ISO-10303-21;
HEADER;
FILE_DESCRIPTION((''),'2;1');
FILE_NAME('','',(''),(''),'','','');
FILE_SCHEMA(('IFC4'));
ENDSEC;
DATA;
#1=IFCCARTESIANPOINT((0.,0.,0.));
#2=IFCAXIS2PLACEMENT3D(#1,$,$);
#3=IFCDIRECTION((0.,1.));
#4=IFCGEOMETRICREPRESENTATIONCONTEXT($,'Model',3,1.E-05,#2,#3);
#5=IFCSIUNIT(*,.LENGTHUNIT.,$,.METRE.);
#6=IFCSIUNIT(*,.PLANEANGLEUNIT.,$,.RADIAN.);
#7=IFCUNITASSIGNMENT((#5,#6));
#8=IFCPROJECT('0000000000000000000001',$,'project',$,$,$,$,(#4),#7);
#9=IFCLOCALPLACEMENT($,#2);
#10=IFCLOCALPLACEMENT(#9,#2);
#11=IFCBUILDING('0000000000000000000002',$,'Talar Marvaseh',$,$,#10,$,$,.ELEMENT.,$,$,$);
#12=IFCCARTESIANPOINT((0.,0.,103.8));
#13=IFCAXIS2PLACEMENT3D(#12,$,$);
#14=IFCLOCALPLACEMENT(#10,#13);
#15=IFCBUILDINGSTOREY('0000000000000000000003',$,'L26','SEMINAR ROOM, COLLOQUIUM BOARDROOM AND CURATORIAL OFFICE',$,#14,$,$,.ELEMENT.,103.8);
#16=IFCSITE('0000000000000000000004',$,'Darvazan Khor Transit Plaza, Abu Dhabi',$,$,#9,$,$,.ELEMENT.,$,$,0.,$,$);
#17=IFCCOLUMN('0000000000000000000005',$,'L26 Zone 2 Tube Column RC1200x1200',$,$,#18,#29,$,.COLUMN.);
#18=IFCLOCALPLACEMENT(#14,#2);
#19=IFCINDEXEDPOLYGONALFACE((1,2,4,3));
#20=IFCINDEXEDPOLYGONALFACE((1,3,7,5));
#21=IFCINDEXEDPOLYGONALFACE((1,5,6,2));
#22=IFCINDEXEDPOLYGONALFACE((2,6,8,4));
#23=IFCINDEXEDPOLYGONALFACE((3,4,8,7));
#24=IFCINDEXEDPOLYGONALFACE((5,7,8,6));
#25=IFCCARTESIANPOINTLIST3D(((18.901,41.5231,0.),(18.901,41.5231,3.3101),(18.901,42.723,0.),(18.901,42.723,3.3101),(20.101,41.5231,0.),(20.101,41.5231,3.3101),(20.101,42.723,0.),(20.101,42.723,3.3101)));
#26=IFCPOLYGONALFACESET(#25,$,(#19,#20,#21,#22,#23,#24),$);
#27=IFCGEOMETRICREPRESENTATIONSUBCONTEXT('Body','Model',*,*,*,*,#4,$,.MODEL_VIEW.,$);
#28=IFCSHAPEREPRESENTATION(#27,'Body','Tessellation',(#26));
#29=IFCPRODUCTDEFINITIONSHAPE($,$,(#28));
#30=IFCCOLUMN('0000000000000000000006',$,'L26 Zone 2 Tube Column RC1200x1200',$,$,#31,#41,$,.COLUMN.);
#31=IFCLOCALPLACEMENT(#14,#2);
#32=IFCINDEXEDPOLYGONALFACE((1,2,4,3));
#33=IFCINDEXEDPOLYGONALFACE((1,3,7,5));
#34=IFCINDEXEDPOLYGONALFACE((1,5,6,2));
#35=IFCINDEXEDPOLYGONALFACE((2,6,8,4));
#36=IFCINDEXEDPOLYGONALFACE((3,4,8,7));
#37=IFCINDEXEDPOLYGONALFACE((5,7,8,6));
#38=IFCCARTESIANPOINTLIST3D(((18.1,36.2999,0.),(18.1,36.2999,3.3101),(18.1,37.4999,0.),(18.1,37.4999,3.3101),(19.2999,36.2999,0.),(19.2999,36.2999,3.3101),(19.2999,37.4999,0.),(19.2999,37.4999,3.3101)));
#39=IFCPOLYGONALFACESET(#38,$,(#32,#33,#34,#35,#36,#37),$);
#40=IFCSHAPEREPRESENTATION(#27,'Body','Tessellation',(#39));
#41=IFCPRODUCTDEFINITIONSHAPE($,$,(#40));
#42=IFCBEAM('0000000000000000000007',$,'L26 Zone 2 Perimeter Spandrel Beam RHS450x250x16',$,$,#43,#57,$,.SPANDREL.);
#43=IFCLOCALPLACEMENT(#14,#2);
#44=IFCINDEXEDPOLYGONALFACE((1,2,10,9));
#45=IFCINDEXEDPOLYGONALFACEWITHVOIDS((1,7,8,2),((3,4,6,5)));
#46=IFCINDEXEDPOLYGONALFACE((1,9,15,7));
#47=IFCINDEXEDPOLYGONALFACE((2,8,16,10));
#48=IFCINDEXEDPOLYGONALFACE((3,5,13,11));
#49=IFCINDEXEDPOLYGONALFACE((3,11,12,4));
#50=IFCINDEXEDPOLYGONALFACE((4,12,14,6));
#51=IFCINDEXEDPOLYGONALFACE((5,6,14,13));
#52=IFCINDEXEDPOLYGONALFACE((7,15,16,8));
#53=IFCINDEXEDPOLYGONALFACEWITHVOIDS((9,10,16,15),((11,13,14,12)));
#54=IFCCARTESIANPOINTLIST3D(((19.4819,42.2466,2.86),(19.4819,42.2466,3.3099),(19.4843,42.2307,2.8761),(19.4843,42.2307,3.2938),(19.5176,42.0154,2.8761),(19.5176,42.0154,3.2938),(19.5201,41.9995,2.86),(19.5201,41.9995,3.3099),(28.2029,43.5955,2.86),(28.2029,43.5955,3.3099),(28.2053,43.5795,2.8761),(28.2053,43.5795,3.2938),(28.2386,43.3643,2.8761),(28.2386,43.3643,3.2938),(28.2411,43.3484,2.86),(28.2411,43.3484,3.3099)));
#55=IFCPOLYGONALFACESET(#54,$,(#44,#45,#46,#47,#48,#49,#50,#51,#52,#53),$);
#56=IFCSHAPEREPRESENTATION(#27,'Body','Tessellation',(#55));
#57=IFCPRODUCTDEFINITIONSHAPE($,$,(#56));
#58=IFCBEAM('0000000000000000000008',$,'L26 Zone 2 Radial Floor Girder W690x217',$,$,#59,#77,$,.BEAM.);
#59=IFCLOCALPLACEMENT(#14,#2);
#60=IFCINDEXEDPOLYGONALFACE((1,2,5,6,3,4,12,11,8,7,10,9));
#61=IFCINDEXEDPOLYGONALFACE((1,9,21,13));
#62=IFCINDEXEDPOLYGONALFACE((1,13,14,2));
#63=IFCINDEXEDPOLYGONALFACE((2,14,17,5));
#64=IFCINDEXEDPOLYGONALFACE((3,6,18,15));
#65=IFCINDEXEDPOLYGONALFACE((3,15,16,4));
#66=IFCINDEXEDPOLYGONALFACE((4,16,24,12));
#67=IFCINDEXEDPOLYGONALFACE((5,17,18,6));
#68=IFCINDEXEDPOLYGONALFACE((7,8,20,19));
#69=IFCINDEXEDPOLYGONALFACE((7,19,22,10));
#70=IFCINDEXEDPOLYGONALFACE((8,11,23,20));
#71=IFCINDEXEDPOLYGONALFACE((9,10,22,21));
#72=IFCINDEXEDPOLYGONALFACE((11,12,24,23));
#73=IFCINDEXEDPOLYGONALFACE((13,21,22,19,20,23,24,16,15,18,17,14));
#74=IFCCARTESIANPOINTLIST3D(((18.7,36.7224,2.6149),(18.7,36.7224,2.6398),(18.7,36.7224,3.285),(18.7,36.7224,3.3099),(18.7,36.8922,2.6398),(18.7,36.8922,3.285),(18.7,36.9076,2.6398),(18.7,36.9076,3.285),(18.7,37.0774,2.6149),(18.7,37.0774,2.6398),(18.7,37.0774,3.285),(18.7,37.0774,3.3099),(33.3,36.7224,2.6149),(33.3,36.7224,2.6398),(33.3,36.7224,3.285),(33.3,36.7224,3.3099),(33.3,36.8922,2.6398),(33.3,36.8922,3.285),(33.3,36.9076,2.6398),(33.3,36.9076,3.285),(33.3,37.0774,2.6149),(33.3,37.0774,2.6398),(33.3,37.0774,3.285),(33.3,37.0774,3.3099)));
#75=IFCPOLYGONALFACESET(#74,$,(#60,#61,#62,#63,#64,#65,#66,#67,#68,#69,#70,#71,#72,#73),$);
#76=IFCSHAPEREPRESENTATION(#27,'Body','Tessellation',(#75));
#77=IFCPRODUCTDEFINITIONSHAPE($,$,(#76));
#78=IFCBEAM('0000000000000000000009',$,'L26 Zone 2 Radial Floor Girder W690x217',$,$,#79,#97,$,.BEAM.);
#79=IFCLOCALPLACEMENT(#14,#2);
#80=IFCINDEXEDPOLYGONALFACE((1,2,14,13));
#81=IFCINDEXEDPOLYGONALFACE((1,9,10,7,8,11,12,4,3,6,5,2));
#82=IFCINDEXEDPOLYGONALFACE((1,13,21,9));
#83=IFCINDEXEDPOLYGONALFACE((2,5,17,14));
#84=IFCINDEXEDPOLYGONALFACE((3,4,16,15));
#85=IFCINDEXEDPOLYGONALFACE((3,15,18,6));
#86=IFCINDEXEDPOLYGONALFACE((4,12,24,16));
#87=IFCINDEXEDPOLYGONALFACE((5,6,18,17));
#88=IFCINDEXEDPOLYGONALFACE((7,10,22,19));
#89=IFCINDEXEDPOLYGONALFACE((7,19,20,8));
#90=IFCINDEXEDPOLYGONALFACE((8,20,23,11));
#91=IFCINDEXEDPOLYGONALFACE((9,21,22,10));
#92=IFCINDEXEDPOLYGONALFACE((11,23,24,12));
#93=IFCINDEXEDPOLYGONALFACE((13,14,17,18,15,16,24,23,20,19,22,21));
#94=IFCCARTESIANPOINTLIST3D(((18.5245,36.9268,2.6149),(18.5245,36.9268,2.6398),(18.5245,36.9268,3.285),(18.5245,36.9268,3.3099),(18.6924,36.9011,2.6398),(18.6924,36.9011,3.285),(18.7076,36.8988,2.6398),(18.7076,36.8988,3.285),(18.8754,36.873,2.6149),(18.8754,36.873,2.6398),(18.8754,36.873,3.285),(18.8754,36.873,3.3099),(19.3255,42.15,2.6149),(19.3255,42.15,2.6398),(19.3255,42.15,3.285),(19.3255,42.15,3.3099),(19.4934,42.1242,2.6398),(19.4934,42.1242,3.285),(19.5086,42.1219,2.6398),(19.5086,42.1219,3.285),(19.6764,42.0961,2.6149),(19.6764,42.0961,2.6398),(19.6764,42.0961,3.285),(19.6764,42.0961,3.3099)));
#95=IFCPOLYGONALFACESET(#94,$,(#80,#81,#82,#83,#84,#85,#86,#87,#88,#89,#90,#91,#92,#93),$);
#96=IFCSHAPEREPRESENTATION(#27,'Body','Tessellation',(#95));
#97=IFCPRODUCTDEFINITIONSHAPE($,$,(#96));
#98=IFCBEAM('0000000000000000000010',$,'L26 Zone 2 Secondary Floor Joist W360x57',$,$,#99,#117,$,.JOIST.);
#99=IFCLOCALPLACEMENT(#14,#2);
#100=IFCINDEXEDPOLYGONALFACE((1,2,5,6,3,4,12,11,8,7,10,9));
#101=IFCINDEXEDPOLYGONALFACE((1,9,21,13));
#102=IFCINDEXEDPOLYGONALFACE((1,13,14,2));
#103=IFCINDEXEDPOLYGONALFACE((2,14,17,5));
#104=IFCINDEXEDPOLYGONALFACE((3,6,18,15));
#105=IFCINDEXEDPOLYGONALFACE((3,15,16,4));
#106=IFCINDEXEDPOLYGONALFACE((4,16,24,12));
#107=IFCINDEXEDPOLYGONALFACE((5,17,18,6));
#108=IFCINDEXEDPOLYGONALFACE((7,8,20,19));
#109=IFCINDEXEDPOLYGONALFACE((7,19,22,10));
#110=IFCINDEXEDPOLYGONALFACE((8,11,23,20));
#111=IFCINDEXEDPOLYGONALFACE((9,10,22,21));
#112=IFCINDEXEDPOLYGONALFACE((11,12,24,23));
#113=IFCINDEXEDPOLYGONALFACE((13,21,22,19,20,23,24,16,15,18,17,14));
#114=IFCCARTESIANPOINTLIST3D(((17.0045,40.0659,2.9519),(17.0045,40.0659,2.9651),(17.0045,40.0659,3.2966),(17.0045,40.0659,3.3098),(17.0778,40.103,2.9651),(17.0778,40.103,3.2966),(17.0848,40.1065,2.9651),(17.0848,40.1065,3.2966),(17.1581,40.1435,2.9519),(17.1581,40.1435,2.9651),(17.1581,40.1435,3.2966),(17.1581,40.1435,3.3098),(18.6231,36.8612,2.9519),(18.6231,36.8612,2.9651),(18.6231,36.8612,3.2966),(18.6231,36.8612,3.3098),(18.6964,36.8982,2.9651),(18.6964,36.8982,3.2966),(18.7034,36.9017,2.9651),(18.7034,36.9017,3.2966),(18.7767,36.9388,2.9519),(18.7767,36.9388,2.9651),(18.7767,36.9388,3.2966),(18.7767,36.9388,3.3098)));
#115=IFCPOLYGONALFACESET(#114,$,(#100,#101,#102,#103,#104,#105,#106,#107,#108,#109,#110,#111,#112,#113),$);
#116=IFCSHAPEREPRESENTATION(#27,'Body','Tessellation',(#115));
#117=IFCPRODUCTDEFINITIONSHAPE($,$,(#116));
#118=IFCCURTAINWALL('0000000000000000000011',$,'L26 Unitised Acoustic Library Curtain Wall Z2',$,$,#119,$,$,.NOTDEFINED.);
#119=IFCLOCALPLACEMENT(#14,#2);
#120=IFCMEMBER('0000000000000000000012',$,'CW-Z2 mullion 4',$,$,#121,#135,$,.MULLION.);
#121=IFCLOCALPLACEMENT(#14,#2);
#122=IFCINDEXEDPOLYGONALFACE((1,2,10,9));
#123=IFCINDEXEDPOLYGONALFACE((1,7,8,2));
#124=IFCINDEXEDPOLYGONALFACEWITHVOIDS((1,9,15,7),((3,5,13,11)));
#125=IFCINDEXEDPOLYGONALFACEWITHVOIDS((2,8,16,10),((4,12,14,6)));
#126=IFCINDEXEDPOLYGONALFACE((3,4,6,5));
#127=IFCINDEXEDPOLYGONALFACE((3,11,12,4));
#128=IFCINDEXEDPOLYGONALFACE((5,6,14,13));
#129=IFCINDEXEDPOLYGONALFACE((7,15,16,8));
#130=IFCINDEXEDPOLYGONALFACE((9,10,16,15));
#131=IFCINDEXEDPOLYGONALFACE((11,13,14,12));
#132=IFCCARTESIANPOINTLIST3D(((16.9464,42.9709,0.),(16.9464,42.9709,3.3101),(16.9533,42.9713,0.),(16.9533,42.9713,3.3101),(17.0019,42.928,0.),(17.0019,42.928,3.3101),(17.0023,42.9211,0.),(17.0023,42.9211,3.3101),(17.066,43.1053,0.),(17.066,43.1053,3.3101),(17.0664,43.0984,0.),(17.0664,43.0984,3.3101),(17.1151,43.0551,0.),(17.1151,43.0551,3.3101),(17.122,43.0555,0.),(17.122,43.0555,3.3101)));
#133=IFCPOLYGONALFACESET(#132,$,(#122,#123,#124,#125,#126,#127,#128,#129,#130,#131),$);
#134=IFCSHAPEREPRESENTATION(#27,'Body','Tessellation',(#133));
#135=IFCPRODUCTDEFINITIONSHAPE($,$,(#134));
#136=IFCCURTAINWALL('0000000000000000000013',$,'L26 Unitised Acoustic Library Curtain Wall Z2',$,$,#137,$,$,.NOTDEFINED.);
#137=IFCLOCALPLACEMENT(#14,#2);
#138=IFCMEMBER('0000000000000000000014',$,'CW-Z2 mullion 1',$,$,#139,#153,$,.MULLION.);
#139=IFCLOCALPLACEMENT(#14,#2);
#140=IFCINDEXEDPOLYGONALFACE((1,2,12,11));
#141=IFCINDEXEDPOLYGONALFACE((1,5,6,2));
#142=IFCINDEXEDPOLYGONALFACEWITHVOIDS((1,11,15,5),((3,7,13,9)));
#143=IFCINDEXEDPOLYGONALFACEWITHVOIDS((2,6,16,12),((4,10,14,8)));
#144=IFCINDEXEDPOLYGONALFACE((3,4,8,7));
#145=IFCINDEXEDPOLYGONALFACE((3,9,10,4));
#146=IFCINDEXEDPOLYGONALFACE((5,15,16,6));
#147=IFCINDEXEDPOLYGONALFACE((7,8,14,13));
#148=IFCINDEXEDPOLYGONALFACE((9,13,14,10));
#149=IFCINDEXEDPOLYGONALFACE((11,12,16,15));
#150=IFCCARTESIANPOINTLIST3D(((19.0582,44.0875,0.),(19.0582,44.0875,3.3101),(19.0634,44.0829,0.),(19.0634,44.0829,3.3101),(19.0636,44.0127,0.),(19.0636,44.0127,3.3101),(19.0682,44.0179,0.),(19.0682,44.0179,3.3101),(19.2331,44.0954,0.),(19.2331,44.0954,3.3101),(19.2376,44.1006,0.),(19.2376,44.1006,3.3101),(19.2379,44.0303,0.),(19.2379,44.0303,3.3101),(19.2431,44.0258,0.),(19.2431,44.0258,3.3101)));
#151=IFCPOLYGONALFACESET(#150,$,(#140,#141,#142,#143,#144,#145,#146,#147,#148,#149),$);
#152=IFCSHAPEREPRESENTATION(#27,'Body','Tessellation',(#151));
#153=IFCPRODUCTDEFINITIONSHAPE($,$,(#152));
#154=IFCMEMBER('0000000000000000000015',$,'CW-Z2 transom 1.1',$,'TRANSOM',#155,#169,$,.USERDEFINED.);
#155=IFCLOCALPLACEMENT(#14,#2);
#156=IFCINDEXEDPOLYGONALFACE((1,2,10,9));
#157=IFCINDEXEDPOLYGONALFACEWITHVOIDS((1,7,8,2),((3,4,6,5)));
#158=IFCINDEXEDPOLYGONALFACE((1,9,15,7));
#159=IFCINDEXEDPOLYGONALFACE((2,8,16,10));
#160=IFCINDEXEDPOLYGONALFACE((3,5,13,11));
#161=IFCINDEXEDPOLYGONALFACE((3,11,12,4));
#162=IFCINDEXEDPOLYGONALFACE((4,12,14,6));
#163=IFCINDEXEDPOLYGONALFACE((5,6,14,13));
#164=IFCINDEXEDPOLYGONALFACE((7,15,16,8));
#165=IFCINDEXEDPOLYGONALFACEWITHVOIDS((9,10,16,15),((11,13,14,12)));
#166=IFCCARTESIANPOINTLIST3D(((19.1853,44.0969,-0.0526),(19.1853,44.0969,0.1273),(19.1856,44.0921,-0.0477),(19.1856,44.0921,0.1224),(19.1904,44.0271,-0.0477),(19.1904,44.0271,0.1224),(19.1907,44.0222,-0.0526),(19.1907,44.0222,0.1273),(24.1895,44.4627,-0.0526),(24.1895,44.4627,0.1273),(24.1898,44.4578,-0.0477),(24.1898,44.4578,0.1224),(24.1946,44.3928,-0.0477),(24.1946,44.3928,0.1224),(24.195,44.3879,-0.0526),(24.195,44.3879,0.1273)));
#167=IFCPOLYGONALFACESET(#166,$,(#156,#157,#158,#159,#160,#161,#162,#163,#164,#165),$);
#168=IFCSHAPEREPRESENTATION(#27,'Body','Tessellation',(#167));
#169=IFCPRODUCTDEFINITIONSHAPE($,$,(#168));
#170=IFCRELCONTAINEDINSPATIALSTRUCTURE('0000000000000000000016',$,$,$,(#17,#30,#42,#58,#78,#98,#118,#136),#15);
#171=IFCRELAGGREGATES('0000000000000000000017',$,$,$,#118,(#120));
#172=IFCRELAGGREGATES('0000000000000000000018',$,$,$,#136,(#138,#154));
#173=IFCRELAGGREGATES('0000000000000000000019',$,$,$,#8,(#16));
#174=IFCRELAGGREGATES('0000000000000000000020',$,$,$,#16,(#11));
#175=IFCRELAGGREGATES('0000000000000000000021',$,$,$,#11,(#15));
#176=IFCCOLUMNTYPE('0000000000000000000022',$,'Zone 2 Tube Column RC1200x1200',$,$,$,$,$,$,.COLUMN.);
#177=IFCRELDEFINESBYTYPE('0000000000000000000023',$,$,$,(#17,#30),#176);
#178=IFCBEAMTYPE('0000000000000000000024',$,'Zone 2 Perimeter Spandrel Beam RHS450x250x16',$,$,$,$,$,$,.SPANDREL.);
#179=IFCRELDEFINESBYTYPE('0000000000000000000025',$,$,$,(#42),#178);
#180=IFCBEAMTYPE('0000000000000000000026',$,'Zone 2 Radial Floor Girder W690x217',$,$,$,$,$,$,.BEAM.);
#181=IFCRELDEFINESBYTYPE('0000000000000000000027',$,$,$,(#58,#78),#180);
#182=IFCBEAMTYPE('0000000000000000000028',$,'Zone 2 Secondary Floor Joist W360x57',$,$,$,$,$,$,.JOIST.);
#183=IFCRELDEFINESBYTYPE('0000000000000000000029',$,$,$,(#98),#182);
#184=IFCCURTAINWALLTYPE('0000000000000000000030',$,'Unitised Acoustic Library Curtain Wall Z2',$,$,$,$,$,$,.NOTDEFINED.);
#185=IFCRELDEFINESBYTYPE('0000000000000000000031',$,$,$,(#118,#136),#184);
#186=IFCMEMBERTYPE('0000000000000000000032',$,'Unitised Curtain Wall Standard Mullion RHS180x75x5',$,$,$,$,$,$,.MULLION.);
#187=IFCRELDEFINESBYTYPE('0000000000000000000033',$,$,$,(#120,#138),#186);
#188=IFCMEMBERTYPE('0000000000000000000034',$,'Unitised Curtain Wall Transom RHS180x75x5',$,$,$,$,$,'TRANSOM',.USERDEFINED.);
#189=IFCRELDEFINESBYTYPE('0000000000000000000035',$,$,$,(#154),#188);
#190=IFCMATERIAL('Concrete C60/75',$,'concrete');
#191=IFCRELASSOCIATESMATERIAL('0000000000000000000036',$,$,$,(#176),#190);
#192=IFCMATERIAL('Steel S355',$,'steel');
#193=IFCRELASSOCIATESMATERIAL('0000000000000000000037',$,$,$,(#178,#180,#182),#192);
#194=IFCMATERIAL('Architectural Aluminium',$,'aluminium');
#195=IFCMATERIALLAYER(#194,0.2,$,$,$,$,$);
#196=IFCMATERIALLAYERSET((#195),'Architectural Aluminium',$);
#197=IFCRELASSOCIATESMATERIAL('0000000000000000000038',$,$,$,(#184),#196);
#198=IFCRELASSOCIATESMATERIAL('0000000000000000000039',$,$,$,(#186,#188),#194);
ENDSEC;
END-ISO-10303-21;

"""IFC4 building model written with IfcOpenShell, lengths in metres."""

from ifc_helpers import new_model, si_unit, direction, frame, origin, origin_2d, place, context, subcontext, project, spatial, rectangle, hollow_rectangle, i_section, extrude, source, transform, mapped, material, layer, layer_set, material_profile, profile_set, type_object, type_shapes, element, aggregate, save


model = new_model("IFC4")

# Units and contexts
model_context = context("Model", 3, precision=1e-05, world=origin(), true_north=direction((0.0, 1.0)))
body_context = subcontext(model_context, "Body", "Model", "MODEL_VIEW")
ifc_project = project(units=[si_unit("LENGTHUNIT", "METRE"), si_unit("PLANEANGLEUNIT", "RADIAN")], contexts=[model_context])

# Site, building, storey
site_placement = place(None, origin())
site = spatial("IfcSite", under=ifc_project, at=site_placement, Name="Darvazan Khor Transit Plaza, Abu Dhabi", CompositionType="ELEMENT", RefElevation=0.0)
building_placement = place(site_placement, origin())
building = spatial("IfcBuilding", under=site, at=building_placement, Name="Talar Marvaseh", CompositionType="ELEMENT")
storey_placement = place(building_placement, frame((0.0, 0.0, 103.8)))
storey = spatial("IfcBuildingStorey", under=building, at=storey_placement, Name="L26", Description="SEMINAR ROOM, COLLOQUIUM BOARDROOM AND CURATORIAL OFFICE", CompositionType="ELEMENT", Elevation=103.8)

# Columns
ifc_material_1 = material(Name="Concrete C60/75", Category="concrete")
ifc_material_profile_1 = material_profile(ifc_material_1, rectangle(XDim=1.2, YDim=1.2, at=origin_2d()), Name="RC1200x1200")
ifc_profile_set_1 = profile_set([ifc_material_profile_1], Name="Concrete C60/75")
column_type = type_object("IfcColumnType", Name="Zone 2 Tube Column RC1200x1200", PredefinedType="COLUMN", material=ifc_profile_set_1)
for number, where, z_axis, x_axis, name in (
    (1, (19.501, 42.123, 0.0), (0.0, 0.0, 1.0), (1.0, 0.0, 0.0), "L26 Zone 2 Tube Column RC1200x1200"),
    (2, (18.7, 36.8999, 0.0), (0.0, 0.0, 1.0), (1.0, 0.0, 0.0), "L26 Zone 2 Tube Column RC1200x1200"),
):
    element("IfcColumn", number, at=place(storey_placement, frame(where, z_axis=z_axis, x_axis=x_axis)), inside=storey, type_object=column_type, Name=name, PredefinedType="COLUMN", context=body_context, shape_type="SweptSolid", body=[
        extrude(rectangle(XDim=1.2, YDim=1.2, at=origin_2d()), origin(), (0.0, 0.0, 1.0), 3.3101),
    ])

# Beams
ifc_material_2 = material(Name="Steel S355", Category="steel")
ifc_material_profile_2 = material_profile(ifc_material_2, hollow_rectangle(XDim=0.25, YDim=0.45, WallThickness=0.0161, at=origin_2d()), Name="RHS450x250x16")
ifc_profile_set_2 = profile_set([ifc_material_profile_2], Name="Steel S355")
beam_type_1 = type_object("IfcBeamType", Name="Zone 2 Perimeter Spandrel Beam RHS450x250x16", PredefinedType="SPANDREL", material=ifc_profile_set_2)
beam_1_placement = place(storey_placement, frame((19.501, 42.123, 3.085), z_axis=(0.988249, 0.152853, 0.0), x_axis=(-0.152853, 0.988249, 0.0)))
element("IfcBeam", 3, at=beam_1_placement, inside=storey, type_object=beam_type_1, Name="L26 Zone 2 Perimeter Spandrel Beam RHS450x250x16", PredefinedType="SPANDREL", context=body_context, shape_type="SweptSolid", body=[
    extrude(hollow_rectangle(XDim=0.25, YDim=0.45, WallThickness=0.0161, at=origin_2d()), origin(), (0.0, 0.0, 1.0), 8.8247),
])
ifc_material_profile_3 = material_profile(ifc_material_2, i_section(OverallWidth=0.355, OverallDepth=0.6951, WebThickness=0.0154, FlangeThickness=0.0249, at=origin_2d()), Name="W690x217")
ifc_profile_set_3 = profile_set([ifc_material_profile_3], Name="Steel S355")
beam_type_2 = type_object("IfcBeamType", Name="Zone 2 Radial Floor Girder W690x217", PredefinedType="BEAM", material=ifc_profile_set_3)
beam_2_placement = place(storey_placement, frame((18.7, 36.8999, 2.9624), z_axis=(1.0, 0.0, 0.0), x_axis=(0.0, 1.0, 0.0)))
element("IfcBeam", 4, at=beam_2_placement, inside=storey, type_object=beam_type_2, Name="L26 Zone 2 Radial Floor Girder W690x217", PredefinedType="BEAM", context=body_context, shape_type="SweptSolid", body=[
    extrude(i_section(OverallWidth=0.355, OverallDepth=0.6951, WebThickness=0.0154, FlangeThickness=0.0249, at=origin_2d()), origin(), (0.0, 0.0, 1.0), 14.6001),
])
beam_3_placement = place(storey_placement, frame((19.501, 42.123, 2.9624), z_axis=(-0.151588, -0.988444, 0.0), x_axis=(0.988444, -0.151588, 0.0)))
element("IfcBeam", 5, at=beam_3_placement, inside=storey, type_object=beam_type_2, Name="L26 Zone 2 Radial Floor Girder W690x217", PredefinedType="BEAM", context=body_context, shape_type="SweptSolid", body=[
    extrude(i_section(OverallWidth=0.355, OverallDepth=0.6951, WebThickness=0.0154, FlangeThickness=0.0249, at=origin_2d()), origin(), (0.0, 0.0, 1.0), 5.2842),
])
ifc_material_profile_4 = material_profile(ifc_material_2, i_section(OverallWidth=0.1721, OverallDepth=0.3579, WebThickness=0.0078, FlangeThickness=0.0132, at=origin_2d()), Name="W360x57")
ifc_profile_set_4 = profile_set([ifc_material_profile_4], Name="Steel S355")
beam_type_3 = type_object("IfcBeamType", Name="Zone 2 Secondary Floor Joist W360x57", PredefinedType="JOIST", material=ifc_profile_set_4)
beam_4_placement = place(storey_placement, frame((17.0813, 40.1047, 3.1309), z_axis=(0.450827, -0.892611, 0.0), x_axis=(0.892611, 0.450827, 0.0)))
element("IfcBeam", 6, at=beam_4_placement, inside=storey, type_object=beam_type_3, Name="L26 Zone 2 Secondary Floor Joist W360x57", PredefinedType="JOIST", context=body_context, shape_type="SweptSolid", body=[
    extrude(i_section(OverallWidth=0.1721, OverallDepth=0.3579, WebThickness=0.0078, FlangeThickness=0.0132, at=origin_2d()), origin(), (0.0, 0.0, 1.0), 3.5903),
])

# Curtain wall, member
ifc_material_3 = material(Name="Architectural Aluminium", Category="aluminium")
ifc_layer_1 = layer(ifc_material_3, 0.2)
ifc_layer_set_1 = layer_set([ifc_layer_1], Name="Architectural Aluminium")
curtain_wall_type = type_object("IfcCurtainWallType", Name="Unitised Acoustic Library Curtain Wall Z2", PredefinedType="NOTDEFINED", material=ifc_layer_set_1)
curtain_wall_1_placement = place(storey_placement, origin())
curtain_wall_1 = element("IfcCurtainWall", 7, at=curtain_wall_1_placement, inside=storey, type_object=curtain_wall_type, Name="L26 Unitised Acoustic Library Curtain Wall Z2", PredefinedType="NOTDEFINED")
ifc_material_profile_5 = material_profile(ifc_material_3, hollow_rectangle(XDim=0.075, YDim=0.1799, WallThickness=0.0049, at=origin_2d()), Name="RHS180x75x5")
ifc_profile_set_5 = profile_set([ifc_material_profile_5], Name="Architectural Aluminium")
member_type_1 = type_object("IfcMemberType", Name="Unitised Curtain Wall Standard Mullion RHS180x75x5", PredefinedType="MULLION", material=ifc_profile_set_5)
shared_shape_1 = source(origin(), body_context, "Body", "SweptSolid", [
    extrude(hollow_rectangle(XDim=0.075, YDim=0.1799, WallThickness=0.0049, at=origin_2d()), origin(), (0.0, 0.0, 1.0), 3.3101),
])
type_shapes(member_type_1, [shared_shape_1])
member_1_placement = place(storey_placement, frame((17.0342, 43.0132, 0.0), z_axis=(0.0, 0.0, 1.0), x_axis=(-0.746844, 0.664999, 0.0)))
member_1 = element("IfcMember", 8, at=member_1_placement, type_object=member_type_1, Name="CW-Z2 mullion 4", PredefinedType="MULLION", context=body_context, shape_type="MappedRepresentation", body=[
    mapped(shared_shape_1, transform((0.0, 0.0, 0.0), x_axis=(1.0, 0.0, 0.0), y_axis=(0.0, 1.0, 0.0), z_axis=(0.0, 0.0, 1.0), scale=1.0)),
])
aggregate(curtain_wall_1, [member_1])

# Curtain wall, members
curtain_wall_2_placement = place(storey_placement, origin())
curtain_wall_2 = element("IfcCurtainWall", 9, at=curtain_wall_2_placement, inside=storey, type_object=curtain_wall_type, Name="L26 Unitised Acoustic Library Curtain Wall Z2", PredefinedType="NOTDEFINED")
member_2_placement = place(storey_placement, frame((19.1506, 44.0566, 0.0), z_axis=(0.0, 0.0, 1.0), x_axis=(-0.07293, 0.997337, 0.0)))
member_2 = element("IfcMember", 10, at=member_2_placement, type_object=member_type_1, Name="CW-Z2 mullion 1", PredefinedType="MULLION", context=body_context, shape_type="MappedRepresentation", body=[
    mapped(shared_shape_1, transform((0.0, 0.0, 0.0), x_axis=(1.0, 0.0, 0.0), y_axis=(0.0, 1.0, 0.0), z_axis=(0.0, 0.0, 1.0), scale=1.0)),
])
ifc_material_profile_6 = material_profile(ifc_material_3, hollow_rectangle(XDim=0.075, YDim=0.1799, WallThickness=0.0049, at=origin_2d()), Name="RHS180x75x5")
ifc_profile_set_6 = profile_set([ifc_material_profile_6], Name="Architectural Aluminium")
member_type_2 = type_object("IfcMemberType", Name="Unitised Curtain Wall Transom RHS180x75x5", ElementType="TRANSOM", PredefinedType="USERDEFINED", material=ifc_profile_set_6)
shared_shape_2 = source(origin(), body_context, "Body", "SweptSolid", [
    extrude(hollow_rectangle(XDim=0.075, YDim=0.1799, WallThickness=0.0049, at=origin_2d()), origin(), (0.0, 0.0, 1.0), 5.0176),
])
type_shapes(member_type_2, [shared_shape_2])
member_3_placement = place(storey_placement, frame((19.188, 44.0596, 0.0374), z_axis=(0.99734, 0.072889, 0.0), x_axis=(-0.072889, 0.99734, 0.0)))
member_3 = element("IfcMember", 11, at=member_3_placement, type_object=member_type_2, Name="CW-Z2 transom 1.1", ObjectType="TRANSOM", PredefinedType="USERDEFINED", context=body_context, shape_type="MappedRepresentation", body=[
    mapped(shared_shape_2, transform((0.0, 0.0, 0.0), x_axis=(1.0, 0.0, 0.0), y_axis=(0.0, 1.0, 0.0), z_axis=(0.0, 0.0, 1.0), scale=1.0)),
])
aggregate(curtain_wall_2, [member_2, member_3])

save(model, "model.ifc")
